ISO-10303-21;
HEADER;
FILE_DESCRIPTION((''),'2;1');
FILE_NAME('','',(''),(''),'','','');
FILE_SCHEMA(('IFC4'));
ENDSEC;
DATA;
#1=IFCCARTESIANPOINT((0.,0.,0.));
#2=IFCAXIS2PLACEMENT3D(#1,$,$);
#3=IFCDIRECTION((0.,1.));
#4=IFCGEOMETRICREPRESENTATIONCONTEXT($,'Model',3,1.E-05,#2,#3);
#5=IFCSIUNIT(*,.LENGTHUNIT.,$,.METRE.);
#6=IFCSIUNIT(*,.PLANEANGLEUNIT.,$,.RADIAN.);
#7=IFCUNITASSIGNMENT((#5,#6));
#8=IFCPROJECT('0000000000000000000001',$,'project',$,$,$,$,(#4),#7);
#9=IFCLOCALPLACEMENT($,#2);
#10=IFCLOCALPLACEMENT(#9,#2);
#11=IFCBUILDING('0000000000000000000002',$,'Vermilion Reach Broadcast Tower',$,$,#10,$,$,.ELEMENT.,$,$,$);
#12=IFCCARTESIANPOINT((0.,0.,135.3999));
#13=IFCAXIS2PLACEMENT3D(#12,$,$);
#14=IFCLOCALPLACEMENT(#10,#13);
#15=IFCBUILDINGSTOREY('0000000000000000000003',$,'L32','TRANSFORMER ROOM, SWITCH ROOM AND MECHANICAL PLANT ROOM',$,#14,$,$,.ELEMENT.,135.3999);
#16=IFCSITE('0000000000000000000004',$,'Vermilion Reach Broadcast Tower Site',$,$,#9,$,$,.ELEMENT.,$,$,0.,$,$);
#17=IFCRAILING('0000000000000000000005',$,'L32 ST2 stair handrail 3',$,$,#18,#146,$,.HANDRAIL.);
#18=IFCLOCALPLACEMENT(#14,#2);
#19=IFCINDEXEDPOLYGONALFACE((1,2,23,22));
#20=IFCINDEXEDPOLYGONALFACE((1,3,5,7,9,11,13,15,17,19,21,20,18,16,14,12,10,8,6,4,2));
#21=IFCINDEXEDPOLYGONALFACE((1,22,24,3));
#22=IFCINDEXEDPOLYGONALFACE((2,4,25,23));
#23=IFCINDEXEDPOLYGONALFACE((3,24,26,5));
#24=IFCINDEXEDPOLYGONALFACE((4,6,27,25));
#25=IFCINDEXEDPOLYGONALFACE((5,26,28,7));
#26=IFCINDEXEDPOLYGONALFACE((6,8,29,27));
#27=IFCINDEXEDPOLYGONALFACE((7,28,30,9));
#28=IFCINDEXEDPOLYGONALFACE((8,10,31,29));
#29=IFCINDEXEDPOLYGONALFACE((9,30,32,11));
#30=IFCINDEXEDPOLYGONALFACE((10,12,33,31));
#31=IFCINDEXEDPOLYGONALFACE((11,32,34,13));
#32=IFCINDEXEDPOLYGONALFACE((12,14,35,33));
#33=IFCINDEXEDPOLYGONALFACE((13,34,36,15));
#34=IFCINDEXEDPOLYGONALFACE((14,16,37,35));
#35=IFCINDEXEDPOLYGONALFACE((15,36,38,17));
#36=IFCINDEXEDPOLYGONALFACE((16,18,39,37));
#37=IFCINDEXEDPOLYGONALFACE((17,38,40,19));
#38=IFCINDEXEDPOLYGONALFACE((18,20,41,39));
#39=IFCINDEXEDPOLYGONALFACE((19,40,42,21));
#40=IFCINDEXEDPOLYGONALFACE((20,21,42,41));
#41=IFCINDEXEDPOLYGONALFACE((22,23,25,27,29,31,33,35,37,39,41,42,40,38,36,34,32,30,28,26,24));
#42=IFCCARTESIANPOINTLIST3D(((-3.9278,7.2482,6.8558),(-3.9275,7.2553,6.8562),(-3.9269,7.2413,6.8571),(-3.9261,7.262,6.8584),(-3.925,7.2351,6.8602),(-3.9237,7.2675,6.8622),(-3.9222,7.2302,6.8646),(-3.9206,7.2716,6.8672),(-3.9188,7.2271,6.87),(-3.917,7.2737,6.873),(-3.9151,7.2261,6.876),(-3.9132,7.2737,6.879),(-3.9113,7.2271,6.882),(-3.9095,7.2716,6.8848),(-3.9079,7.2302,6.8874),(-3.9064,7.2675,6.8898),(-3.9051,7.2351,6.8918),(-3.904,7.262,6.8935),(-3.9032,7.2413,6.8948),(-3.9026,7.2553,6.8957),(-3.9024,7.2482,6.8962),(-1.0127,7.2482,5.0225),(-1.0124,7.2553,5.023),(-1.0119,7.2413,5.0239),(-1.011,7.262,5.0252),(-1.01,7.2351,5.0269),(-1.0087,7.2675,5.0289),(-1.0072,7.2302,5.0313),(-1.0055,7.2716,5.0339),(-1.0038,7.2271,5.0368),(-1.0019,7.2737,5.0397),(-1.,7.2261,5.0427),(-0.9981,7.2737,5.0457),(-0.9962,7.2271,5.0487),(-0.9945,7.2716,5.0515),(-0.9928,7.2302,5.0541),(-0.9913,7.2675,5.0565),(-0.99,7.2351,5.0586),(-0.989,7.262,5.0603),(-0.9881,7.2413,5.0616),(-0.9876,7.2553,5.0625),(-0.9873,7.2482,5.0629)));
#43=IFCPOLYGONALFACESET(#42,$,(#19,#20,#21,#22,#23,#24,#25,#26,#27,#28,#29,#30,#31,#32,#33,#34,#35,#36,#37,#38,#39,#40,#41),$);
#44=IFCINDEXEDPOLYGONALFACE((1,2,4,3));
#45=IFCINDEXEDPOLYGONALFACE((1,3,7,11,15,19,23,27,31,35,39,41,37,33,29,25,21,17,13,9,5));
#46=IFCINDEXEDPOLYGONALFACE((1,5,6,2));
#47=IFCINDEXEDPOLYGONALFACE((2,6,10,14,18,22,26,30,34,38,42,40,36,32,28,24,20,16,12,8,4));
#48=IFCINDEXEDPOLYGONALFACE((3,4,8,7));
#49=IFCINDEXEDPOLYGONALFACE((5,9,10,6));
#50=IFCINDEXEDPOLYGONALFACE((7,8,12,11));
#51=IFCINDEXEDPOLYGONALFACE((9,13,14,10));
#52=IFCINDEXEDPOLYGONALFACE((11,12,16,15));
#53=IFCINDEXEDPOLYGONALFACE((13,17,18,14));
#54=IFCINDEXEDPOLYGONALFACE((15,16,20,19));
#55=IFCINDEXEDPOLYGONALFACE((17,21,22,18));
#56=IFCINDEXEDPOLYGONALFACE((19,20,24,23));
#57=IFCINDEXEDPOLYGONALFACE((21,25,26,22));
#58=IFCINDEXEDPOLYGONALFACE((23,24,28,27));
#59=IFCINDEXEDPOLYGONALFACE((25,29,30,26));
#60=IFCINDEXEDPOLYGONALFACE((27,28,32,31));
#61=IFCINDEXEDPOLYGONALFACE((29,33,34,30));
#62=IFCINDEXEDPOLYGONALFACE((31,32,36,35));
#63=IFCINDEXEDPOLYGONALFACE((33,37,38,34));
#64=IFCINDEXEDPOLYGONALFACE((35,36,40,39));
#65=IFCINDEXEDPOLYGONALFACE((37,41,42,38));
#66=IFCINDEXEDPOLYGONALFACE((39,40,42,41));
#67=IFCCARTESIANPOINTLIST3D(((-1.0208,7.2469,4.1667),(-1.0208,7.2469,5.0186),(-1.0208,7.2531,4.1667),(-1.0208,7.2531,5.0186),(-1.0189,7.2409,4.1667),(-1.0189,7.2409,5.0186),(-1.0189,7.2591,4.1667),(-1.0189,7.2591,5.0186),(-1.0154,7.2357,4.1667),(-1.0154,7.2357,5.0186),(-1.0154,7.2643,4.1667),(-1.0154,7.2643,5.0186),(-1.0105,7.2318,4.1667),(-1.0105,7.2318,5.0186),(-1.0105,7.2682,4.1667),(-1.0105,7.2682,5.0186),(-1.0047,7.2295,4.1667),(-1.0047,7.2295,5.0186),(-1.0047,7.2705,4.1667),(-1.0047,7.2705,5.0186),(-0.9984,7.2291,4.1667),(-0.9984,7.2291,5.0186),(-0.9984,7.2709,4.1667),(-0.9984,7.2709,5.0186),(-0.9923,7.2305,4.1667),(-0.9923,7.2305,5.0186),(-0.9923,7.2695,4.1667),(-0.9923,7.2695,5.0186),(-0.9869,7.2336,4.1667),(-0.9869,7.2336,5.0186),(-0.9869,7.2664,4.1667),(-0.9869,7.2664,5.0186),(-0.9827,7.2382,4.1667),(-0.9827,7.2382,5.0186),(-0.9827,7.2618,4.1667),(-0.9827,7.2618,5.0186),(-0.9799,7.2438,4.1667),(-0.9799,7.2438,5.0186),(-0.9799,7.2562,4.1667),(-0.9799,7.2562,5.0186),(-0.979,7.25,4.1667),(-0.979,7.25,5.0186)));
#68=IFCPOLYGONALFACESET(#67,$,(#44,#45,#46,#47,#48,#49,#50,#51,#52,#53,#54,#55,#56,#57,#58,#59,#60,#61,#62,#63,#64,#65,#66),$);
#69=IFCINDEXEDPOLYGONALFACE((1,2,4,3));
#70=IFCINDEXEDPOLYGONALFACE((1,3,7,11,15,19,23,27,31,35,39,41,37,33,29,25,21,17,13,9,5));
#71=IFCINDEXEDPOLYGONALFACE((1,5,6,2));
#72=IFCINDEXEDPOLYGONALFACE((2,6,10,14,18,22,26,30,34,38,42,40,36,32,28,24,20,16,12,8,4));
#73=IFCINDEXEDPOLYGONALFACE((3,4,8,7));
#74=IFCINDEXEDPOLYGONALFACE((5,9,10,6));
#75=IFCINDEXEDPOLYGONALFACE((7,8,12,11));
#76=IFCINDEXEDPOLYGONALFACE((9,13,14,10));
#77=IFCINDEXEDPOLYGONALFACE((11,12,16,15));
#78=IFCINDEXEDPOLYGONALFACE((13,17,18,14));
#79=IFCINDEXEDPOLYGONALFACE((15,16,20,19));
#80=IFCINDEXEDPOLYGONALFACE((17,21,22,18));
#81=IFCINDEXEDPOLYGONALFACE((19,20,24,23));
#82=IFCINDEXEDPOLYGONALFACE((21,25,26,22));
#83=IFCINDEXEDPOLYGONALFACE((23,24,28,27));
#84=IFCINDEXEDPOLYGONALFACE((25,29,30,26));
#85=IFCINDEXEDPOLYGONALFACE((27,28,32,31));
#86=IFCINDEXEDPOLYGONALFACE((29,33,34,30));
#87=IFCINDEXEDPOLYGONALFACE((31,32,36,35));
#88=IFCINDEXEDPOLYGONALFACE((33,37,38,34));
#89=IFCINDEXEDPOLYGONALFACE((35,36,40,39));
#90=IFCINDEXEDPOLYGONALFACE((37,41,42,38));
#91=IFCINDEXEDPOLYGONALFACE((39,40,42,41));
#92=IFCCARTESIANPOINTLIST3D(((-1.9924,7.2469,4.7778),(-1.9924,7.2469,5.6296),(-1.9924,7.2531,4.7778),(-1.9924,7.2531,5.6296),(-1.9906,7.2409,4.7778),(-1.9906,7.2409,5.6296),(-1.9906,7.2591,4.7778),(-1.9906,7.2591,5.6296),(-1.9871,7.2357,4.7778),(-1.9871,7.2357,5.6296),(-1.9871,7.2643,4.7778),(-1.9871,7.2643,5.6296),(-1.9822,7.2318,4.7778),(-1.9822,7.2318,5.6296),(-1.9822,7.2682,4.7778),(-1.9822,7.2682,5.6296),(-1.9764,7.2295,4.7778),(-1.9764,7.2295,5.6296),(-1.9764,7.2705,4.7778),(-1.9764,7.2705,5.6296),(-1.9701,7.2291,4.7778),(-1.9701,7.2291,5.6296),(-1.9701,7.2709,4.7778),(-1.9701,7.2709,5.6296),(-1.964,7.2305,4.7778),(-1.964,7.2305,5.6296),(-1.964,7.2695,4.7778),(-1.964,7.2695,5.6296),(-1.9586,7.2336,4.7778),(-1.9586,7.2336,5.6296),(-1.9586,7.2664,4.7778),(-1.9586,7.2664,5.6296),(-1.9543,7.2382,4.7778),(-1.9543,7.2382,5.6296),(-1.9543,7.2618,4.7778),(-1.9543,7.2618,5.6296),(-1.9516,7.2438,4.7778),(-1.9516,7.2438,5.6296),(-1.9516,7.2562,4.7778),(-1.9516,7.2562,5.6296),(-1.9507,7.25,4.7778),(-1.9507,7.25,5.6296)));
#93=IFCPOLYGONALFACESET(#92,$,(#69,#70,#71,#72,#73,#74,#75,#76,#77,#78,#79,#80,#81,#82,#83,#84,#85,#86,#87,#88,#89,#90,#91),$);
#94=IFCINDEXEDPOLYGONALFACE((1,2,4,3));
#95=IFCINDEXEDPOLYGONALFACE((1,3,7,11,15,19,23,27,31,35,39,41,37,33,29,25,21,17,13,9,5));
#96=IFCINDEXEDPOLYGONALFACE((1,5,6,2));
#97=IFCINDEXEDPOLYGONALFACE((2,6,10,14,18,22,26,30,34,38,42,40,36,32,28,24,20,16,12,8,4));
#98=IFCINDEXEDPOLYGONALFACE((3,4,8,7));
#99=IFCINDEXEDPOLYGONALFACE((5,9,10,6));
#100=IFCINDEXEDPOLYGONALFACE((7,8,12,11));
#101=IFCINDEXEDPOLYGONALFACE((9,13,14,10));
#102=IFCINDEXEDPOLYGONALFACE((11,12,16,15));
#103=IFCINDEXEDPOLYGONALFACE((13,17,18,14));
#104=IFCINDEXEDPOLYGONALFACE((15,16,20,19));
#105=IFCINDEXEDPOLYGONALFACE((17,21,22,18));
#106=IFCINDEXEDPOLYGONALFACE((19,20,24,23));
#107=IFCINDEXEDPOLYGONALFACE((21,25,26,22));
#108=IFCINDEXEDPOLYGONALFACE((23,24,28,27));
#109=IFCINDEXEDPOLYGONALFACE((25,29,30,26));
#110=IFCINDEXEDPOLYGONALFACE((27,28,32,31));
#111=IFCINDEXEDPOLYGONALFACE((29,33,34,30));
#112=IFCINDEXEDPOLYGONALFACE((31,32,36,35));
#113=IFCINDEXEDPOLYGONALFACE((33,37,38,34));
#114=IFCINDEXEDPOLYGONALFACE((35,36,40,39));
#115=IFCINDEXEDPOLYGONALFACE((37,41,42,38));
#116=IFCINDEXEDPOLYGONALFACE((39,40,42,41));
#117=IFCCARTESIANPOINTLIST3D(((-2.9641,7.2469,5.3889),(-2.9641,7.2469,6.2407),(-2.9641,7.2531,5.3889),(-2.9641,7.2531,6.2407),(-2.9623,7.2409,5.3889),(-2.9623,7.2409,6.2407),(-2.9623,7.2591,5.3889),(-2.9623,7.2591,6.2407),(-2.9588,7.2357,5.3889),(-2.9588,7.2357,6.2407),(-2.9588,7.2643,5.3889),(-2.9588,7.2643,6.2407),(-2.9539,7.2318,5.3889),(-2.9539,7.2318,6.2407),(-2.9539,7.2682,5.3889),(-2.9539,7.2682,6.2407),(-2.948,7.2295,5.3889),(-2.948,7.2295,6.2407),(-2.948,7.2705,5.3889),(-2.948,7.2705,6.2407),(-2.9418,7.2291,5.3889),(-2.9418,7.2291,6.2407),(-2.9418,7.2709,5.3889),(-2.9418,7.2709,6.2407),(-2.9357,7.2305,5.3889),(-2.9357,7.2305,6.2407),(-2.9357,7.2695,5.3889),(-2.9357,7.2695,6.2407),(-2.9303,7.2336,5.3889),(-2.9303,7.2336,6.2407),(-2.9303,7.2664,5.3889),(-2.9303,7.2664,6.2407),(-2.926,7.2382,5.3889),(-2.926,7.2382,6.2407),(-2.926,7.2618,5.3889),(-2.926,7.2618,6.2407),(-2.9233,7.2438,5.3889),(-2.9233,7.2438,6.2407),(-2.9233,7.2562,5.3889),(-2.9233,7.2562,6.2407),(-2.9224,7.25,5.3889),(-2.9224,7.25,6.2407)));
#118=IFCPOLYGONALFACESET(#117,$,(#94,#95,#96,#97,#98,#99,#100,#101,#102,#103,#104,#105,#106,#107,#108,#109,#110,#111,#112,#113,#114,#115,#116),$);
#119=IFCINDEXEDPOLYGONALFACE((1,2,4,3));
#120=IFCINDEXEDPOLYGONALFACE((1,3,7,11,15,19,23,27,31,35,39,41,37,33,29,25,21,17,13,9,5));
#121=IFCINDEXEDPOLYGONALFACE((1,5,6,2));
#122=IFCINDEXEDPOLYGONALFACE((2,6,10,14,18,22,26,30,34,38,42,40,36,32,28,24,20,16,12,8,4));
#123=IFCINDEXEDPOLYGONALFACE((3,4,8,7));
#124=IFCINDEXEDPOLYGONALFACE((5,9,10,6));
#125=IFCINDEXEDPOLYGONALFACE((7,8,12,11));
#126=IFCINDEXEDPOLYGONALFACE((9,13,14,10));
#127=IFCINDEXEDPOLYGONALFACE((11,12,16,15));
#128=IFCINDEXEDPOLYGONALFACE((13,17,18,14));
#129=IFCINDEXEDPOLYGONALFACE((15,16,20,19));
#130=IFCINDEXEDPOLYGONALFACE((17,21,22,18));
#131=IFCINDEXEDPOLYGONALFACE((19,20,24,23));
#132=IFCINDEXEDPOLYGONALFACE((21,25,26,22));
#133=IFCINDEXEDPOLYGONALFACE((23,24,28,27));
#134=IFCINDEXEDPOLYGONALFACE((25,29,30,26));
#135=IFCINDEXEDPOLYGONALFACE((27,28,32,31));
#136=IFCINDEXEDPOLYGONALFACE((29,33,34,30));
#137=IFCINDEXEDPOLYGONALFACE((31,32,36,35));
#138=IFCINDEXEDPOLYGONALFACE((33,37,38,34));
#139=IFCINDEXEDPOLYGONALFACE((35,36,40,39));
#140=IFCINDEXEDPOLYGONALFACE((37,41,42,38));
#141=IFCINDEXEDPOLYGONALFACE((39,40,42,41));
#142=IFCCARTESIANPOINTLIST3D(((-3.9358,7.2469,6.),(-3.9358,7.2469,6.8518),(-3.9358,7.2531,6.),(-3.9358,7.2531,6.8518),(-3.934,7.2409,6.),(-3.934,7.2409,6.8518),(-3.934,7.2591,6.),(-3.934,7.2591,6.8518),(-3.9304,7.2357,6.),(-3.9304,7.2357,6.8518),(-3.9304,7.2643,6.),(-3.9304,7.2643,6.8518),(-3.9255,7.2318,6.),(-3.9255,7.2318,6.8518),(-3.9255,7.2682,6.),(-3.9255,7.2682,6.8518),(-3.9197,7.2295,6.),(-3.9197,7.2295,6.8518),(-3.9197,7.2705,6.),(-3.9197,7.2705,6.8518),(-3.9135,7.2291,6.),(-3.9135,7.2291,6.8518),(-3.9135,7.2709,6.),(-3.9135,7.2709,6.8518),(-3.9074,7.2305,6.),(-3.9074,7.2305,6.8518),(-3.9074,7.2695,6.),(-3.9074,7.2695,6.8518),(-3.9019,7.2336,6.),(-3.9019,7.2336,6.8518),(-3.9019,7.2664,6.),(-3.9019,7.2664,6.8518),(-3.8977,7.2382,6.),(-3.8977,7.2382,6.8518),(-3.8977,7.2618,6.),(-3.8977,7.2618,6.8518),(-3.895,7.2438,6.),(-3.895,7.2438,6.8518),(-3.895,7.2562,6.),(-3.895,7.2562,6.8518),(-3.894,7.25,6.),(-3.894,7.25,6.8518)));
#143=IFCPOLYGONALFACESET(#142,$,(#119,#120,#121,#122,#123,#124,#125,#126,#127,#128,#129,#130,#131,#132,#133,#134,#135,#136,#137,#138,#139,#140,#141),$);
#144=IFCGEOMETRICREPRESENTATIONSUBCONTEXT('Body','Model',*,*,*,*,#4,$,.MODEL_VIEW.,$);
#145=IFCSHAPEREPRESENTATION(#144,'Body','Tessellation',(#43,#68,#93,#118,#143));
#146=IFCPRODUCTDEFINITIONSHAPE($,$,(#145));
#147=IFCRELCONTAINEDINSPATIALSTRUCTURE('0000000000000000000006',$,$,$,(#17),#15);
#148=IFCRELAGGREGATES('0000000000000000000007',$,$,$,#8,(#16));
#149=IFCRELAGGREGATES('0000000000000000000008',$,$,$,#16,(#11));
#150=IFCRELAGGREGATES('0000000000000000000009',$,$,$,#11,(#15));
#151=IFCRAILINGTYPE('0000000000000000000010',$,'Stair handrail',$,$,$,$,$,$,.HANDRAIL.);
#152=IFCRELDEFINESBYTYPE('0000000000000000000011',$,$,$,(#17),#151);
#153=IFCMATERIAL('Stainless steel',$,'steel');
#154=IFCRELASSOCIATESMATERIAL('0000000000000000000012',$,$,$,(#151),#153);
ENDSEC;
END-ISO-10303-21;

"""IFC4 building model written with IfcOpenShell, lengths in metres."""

from ifc_helpers import new_model, si_unit, direction, frame, origin, origin_2d, place, context, subcontext, project, spatial, circle, extrude, material, type_object, element, save


model = new_model("IFC4")

# Units and contexts
model_context = context("Model", 3, precision=1e-05, world=origin(), true_north=direction((0.0, 1.0)))
body_context = subcontext(model_context, "Body", "Model", "MODEL_VIEW")
ifc_project = project(units=[si_unit("LENGTHUNIT", "METRE"), si_unit("PLANEANGLEUNIT", "RADIAN")], contexts=[model_context])

# Site, building, storey
site_placement = place(None, origin())
site = spatial("IfcSite", under=ifc_project, at=site_placement, Name="Vermilion Reach Broadcast Tower Site", CompositionType="ELEMENT", RefElevation=0.0)
building_placement = place(site_placement, origin())
building = spatial("IfcBuilding", under=site, at=building_placement, Name="Vermilion Reach Broadcast Tower", CompositionType="ELEMENT")
storey_placement = place(building_placement, frame((0.0, 0.0, 135.3999)))
storey = spatial("IfcBuildingStorey", under=building, at=storey_placement, Name="L32", Description="TRANSFORMER ROOM, SWITCH ROOM AND MECHANICAL PLANT ROOM", CompositionType="ELEMENT", Elevation=135.3999)

# Railing
ifc_material_1 = material(Name="Stainless steel", Category="steel")
railing_type_1 = type_object("IfcRailingType", Name="Stair handrail", PredefinedType="HANDRAIL", material=ifc_material_1)
railing_1_placement = place(storey_placement, frame((-1.0, 7.25, 4.1667)))
element("IfcRailing", 1, at=railing_1_placement, inside=storey, type_object=railing_type_1, Name="L32 ST2 stair handrail 3", PredefinedType="HANDRAIL", context=body_context, shape_type="SweptSolid", body=[
    extrude(circle(Radius=0.0239, at=origin_2d()), frame((0.0, 0.0, 0.876), z_axis=(-0.846513, 0.0, 0.532368), x_axis=(0.0, -1.0, 0.0)), (0.0, 0.0, 1.0), 3.4436),
    extrude(circle(Radius=0.021, at=origin_2d()), origin(), (0.0, 0.0, 1.0), 0.8518),
    extrude(circle(Radius=0.021, at=origin_2d()), frame((-0.9717, 0.0, 0.6111)), (0.0, 0.0, 1.0), 0.8518),
    extrude(circle(Radius=0.021, at=origin_2d()), frame((-1.9434, 0.0, 1.2222)), (0.0, 0.0, 1.0), 0.8518),
    extrude(circle(Radius=0.021, at=origin_2d()), frame((-2.915, 0.0, 1.8333)), (0.0, 0.0, 1.0), 0.8518),
])

save(model, "model.ifc")
